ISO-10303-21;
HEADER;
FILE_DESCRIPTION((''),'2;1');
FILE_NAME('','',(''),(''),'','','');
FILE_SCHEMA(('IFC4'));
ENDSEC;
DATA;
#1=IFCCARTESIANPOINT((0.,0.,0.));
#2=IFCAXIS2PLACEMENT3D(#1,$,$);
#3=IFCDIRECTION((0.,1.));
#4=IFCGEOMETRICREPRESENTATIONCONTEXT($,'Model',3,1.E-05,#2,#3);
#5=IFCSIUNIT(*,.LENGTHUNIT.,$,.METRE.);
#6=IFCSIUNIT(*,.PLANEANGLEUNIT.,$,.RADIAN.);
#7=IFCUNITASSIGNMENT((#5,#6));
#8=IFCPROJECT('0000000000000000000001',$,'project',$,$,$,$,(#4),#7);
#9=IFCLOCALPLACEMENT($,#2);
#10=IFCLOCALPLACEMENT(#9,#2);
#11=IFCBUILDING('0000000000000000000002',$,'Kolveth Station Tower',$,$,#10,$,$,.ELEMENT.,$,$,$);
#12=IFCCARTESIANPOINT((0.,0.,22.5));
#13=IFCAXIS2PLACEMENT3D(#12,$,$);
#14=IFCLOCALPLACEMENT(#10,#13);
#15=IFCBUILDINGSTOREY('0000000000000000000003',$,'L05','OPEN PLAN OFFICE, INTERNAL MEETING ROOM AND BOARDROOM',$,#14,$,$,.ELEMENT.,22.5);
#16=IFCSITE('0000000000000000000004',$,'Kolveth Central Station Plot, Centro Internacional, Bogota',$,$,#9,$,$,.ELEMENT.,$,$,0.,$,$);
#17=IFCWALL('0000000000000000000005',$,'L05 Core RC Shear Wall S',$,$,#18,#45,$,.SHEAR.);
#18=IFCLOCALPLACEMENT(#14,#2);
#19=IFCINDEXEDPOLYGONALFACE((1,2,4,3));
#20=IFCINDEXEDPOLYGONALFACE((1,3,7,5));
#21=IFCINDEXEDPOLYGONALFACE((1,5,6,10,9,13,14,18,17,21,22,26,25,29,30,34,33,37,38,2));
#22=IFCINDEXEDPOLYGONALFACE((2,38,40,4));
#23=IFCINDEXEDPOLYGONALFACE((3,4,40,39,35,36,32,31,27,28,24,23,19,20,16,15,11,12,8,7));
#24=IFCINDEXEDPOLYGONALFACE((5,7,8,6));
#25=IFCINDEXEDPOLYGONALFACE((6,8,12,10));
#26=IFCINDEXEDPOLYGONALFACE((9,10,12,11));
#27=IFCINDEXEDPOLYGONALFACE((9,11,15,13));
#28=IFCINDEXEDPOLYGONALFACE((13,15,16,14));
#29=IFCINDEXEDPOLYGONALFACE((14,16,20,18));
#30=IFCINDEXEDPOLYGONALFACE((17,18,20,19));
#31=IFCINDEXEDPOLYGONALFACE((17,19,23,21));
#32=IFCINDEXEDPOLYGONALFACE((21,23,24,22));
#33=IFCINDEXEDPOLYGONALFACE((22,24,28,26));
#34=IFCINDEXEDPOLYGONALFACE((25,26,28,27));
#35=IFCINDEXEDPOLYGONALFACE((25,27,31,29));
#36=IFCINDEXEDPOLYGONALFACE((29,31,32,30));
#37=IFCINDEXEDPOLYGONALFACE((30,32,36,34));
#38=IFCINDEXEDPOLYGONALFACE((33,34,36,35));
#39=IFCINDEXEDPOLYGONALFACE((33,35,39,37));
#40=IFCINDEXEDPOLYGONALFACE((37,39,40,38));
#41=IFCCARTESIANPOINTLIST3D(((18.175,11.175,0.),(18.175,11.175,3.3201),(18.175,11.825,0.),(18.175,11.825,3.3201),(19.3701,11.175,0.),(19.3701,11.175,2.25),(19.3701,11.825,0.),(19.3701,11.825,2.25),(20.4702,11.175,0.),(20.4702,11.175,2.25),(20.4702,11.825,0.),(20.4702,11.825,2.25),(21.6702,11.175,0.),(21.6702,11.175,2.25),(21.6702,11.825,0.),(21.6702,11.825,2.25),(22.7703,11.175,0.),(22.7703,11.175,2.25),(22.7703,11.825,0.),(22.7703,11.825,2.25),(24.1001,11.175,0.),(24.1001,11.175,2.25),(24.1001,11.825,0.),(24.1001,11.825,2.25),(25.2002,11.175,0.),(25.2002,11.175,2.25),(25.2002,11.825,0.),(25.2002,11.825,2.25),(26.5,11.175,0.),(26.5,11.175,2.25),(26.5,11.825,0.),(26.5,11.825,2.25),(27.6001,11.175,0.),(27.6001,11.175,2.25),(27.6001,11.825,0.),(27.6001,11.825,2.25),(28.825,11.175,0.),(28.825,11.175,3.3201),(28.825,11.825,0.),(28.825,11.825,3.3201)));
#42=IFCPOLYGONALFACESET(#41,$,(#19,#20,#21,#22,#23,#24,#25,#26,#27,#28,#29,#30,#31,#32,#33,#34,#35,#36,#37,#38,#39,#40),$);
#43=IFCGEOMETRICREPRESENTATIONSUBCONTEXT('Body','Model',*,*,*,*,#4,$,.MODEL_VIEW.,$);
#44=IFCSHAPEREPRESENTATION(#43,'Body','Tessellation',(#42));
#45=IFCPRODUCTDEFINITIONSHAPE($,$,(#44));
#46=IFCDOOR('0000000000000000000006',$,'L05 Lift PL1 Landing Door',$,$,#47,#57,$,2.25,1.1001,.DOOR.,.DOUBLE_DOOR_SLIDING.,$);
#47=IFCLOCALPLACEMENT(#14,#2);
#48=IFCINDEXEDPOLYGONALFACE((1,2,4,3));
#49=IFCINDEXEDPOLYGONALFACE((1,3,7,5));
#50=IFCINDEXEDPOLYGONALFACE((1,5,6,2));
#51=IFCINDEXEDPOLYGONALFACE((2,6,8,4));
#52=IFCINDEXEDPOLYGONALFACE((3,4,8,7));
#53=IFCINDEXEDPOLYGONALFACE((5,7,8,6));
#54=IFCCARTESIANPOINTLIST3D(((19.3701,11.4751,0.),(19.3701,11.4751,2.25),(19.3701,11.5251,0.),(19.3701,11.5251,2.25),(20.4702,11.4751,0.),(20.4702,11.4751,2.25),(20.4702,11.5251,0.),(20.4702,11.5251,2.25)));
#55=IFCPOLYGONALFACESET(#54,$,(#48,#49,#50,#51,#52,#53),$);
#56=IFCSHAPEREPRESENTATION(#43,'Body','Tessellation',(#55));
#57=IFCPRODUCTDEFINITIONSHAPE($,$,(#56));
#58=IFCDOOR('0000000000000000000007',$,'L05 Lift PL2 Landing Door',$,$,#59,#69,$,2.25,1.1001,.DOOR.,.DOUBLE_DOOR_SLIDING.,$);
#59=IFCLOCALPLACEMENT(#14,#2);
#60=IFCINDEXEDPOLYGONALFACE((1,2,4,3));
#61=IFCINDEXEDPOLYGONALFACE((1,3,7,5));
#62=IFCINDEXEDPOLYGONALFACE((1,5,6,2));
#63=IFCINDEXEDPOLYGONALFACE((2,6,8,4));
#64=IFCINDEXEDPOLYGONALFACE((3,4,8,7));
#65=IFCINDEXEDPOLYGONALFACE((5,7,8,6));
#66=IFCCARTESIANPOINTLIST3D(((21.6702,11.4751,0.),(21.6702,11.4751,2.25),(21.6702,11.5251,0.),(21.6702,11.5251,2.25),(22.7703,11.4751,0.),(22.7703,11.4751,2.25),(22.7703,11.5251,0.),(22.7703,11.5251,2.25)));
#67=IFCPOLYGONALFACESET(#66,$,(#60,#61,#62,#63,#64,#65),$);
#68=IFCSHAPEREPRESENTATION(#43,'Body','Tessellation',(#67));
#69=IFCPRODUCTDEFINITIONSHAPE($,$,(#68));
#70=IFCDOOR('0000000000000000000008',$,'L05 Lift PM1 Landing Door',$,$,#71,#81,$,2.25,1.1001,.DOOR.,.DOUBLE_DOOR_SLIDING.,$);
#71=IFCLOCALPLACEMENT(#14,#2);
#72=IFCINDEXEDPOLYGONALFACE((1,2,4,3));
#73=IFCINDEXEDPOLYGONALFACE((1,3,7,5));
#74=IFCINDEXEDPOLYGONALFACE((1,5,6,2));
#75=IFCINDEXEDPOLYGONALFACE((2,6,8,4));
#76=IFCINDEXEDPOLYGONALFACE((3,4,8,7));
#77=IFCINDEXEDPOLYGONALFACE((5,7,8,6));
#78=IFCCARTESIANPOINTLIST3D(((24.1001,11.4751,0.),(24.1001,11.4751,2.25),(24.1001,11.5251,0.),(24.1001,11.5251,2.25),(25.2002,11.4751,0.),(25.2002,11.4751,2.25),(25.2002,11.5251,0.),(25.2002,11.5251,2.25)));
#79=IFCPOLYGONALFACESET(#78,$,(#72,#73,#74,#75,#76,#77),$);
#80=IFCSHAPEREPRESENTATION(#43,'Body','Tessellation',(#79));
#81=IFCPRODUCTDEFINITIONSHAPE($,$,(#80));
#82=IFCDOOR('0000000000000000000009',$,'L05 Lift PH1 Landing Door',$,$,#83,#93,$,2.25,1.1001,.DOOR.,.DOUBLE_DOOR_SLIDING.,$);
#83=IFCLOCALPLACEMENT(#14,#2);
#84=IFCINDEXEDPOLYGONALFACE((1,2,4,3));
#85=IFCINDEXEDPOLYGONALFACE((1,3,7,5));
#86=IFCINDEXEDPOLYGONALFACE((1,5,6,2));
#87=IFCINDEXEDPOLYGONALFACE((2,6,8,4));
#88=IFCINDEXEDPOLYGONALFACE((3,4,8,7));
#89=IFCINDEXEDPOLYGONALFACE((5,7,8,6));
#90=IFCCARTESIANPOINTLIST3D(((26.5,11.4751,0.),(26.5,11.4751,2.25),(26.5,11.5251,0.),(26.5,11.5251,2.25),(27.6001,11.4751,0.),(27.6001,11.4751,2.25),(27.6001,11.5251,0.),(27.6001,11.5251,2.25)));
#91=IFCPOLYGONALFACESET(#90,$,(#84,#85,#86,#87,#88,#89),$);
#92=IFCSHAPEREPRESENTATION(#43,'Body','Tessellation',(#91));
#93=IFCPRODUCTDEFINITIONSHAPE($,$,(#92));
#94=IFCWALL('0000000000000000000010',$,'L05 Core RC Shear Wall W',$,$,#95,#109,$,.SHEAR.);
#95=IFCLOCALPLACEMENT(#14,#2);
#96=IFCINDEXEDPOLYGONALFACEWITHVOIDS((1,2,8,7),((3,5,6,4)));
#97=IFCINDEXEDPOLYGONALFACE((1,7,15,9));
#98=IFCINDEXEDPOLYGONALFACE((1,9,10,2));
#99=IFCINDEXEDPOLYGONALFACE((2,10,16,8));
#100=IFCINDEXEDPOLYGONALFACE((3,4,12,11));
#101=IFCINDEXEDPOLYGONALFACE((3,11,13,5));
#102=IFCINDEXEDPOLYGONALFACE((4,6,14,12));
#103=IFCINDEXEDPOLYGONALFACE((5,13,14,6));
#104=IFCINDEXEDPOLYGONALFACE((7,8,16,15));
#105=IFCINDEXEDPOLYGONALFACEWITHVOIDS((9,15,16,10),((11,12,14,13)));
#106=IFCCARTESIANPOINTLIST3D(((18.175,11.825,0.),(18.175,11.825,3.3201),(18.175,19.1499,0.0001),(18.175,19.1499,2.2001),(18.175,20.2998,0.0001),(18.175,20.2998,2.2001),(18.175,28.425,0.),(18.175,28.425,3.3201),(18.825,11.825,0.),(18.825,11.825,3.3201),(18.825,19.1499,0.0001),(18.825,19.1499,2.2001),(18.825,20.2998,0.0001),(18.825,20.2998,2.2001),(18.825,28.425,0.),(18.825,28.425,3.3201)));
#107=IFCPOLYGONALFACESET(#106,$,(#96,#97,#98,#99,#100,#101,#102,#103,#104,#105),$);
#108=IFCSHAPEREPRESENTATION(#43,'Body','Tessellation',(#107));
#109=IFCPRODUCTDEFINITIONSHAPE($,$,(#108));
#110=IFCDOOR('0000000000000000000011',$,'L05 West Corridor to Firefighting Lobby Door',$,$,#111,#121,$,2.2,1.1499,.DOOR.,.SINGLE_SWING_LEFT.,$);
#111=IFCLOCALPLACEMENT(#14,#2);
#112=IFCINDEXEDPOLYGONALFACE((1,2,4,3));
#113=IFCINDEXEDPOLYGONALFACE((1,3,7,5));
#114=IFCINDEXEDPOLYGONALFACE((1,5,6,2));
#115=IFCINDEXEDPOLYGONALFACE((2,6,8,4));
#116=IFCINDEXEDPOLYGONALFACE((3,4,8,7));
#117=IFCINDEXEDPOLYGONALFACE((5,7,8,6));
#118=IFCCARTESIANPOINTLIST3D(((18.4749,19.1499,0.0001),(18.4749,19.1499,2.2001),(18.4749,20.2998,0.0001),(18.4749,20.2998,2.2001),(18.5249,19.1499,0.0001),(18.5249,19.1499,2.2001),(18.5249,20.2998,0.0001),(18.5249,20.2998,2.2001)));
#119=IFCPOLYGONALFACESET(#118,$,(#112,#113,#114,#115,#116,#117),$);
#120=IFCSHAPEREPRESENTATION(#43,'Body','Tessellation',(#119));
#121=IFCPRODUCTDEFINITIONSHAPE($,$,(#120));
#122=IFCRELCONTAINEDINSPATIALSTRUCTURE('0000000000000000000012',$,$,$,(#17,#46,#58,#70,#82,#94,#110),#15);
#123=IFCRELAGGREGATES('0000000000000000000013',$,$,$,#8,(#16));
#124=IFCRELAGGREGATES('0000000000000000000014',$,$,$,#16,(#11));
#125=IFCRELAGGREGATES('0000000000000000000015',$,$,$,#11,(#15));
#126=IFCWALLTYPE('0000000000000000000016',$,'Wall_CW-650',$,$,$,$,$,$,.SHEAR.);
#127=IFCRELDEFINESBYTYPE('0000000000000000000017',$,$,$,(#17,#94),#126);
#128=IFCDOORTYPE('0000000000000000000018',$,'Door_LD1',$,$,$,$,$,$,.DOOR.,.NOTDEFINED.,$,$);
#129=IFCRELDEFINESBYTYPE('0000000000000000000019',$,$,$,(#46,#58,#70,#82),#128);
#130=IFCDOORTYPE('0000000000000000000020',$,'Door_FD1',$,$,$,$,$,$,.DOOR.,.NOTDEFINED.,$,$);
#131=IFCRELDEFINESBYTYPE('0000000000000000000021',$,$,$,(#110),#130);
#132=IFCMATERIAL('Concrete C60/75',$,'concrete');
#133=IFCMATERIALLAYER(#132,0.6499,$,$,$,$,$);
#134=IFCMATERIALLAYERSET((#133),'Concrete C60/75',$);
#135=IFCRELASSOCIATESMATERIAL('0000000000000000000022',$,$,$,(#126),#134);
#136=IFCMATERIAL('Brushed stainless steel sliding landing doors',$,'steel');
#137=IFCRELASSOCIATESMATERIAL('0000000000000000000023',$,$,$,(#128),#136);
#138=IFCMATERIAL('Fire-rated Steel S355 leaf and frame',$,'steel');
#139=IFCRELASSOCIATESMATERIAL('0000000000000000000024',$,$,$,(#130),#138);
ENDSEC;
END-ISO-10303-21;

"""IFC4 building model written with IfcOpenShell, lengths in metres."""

from ifc_helpers import new_model, si_unit, direction, frame, frame_2d, origin, place, context, subcontext, project, spatial, rectangle, extrude, material, layer, layer_set, type_object, element, fill, save


model = new_model("IFC4")

# Units and contexts
model_context = context("Model", 3, precision=1e-05, world=origin(), true_north=direction((0.0, 1.0)))
body_context = subcontext(model_context, "Body", "Model", "MODEL_VIEW")
ifc_project = project(units=[si_unit("LENGTHUNIT", "METRE"), si_unit("PLANEANGLEUNIT", "RADIAN")], contexts=[model_context])

# Site, building, storey
site_placement = place(None, origin())
site = spatial("IfcSite", under=ifc_project, at=site_placement, Name="Kolveth Central Station Plot, Centro Internacional, Bogota", CompositionType="ELEMENT", RefElevation=0.0)
building_placement = place(site_placement, origin())
building = spatial("IfcBuilding", under=site, at=building_placement, Name="Kolveth Station Tower", CompositionType="ELEMENT")
storey_placement = place(building_placement, frame((0.0, 0.0, 22.5)))
storey = spatial("IfcBuildingStorey", under=building, at=storey_placement, Name="L05", Description="OPEN PLAN OFFICE, INTERNAL MEETING ROOM AND BOARDROOM", CompositionType="ELEMENT", Elevation=22.5)

# Shared definitions
ifc_material_1 = material(Name="Concrete C60/75", Category="concrete")

# Wall, openings, doors
ifc_layer_1 = layer(ifc_material_1, 0.6499)
ifc_layer_set_1 = layer_set([ifc_layer_1], Name="Concrete C60/75")
wall_type_1 = type_object("IfcWallType", Name="Wall_CW-650", PredefinedType="SHEAR", material=ifc_layer_set_1)
wall_1_placement = place(storey_placement, frame((18.175, 11.5, 0.0), z_axis=(0.0, 0.0, 1.0), x_axis=(1.0, 0.0, 0.0)))
wall_1 = element("IfcWall", 1, at=wall_1_placement, inside=storey, type_object=wall_type_1, Name="L05 Core RC Shear Wall S", PredefinedType="SHEAR", context=body_context, shape_type="SweptSolid", body=[
    extrude(rectangle(XDim=10.6499, YDim=0.6499, at=frame_2d((5.325, 0.0))), origin(), (0.0, 0.0, 1.0), 3.3201),
])
opening_1_placement = place(wall_1_placement, frame((1.1951, 0.0, 0.0)))
opening_1 = element("IfcOpeningElement", 2, at=opening_1_placement, cuts=wall_1, PredefinedType="OPENING", context=body_context, shape_type="SweptSolid", body=[
    extrude(rectangle(XDim=1.1001, YDim=2.25, at=frame_2d((0.55, 1.125))), frame((0.0, 0.335, 0.0), z_axis=(0.0, -1.0, 0.0), x_axis=(1.0, 0.0, 0.0)), (0.0, 0.0, 1.0), 0.6699),
])
opening_2_placement = place(wall_1_placement, frame((3.4951, 0.0, 0.0)))
opening_2 = element("IfcOpeningElement", 3, at=opening_2_placement, cuts=wall_1, PredefinedType="OPENING", context=body_context, shape_type="SweptSolid", body=[
    extrude(rectangle(XDim=1.1001, YDim=2.25, at=frame_2d((0.55, 1.125))), frame((0.0, 0.335, 0.0), z_axis=(0.0, -1.0, 0.0), x_axis=(1.0, 0.0, 0.0)), (0.0, 0.0, 1.0), 0.6699),
])
opening_3_placement = place(wall_1_placement, frame((5.925, 0.0, 0.0)))
opening_3 = element("IfcOpeningElement", 4, at=opening_3_placement, cuts=wall_1, PredefinedType="OPENING", context=body_context, shape_type="SweptSolid", body=[
    extrude(rectangle(XDim=1.1001, YDim=2.25, at=frame_2d((0.55, 1.125))), frame((0.0, 0.335, 0.0), z_axis=(0.0, -1.0, 0.0), x_axis=(1.0, 0.0, 0.0)), (0.0, 0.0, 1.0), 0.6699),
])
opening_4_placement = place(wall_1_placement, frame((8.325, 0.0, 0.0)))
opening_4 = element("IfcOpeningElement", 5, at=opening_4_placement, cuts=wall_1, PredefinedType="OPENING", context=body_context, shape_type="SweptSolid", body=[
    extrude(rectangle(XDim=1.1001, YDim=2.25, at=frame_2d((0.55, 1.125))), frame((0.0, 0.335, 0.0), z_axis=(0.0, -1.0, 0.0), x_axis=(1.0, 0.0, 0.0)), (0.0, 0.0, 1.0), 0.6699),
])
ifc_material_2 = material(Name="Brushed stainless steel sliding landing doors", Category="steel")
door_type_1 = type_object("IfcDoorType", Name="Door_LD1", OperationType="NOTDEFINED", PredefinedType="DOOR", material=ifc_material_2)
door_1_placement = place(opening_1_placement, frame((1.1001, 0.0, 0.0), z_axis=(0.0, 0.0, 1.0), x_axis=(-1.0, 0.0, 0.0)))
door_1 = element("IfcDoor", 6, at=door_1_placement, inside=storey, type_object=door_type_1, Name="L05 Lift PL1 Landing Door", OperationType="DOUBLE_DOOR_SLIDING", OverallHeight=2.25, OverallWidth=1.1001, PredefinedType="DOOR", context=body_context, shape_type="SweptSolid", body=[
    extrude(rectangle(XDim=1.1001, YDim=2.25, at=frame_2d((0.55, 1.125))), frame((0.0, 0.0249, 0.0), z_axis=(0.0, -1.0, 0.0), x_axis=(1.0, 0.0, 0.0)), (0.0, 0.0, 1.0), 0.05),
])
fill(opening_1, door_1)
door_2_placement = place(opening_2_placement, frame((1.1001, 0.0, 0.0), z_axis=(0.0, 0.0, 1.0), x_axis=(-1.0, 0.0, 0.0)))
door_2 = element("IfcDoor", 7, at=door_2_placement, inside=storey, type_object=door_type_1, Name="L05 Lift PL2 Landing Door", OperationType="DOUBLE_DOOR_SLIDING", OverallHeight=2.25, OverallWidth=1.1001, PredefinedType="DOOR", context=body_context, shape_type="SweptSolid", body=[
    extrude(rectangle(XDim=1.1001, YDim=2.25, at=frame_2d((0.55, 1.125))), frame((0.0, 0.0249, 0.0), z_axis=(0.0, -1.0, 0.0), x_axis=(1.0, 0.0, 0.0)), (0.0, 0.0, 1.0), 0.05),
])
fill(opening_2, door_2)
door_3_placement = place(opening_3_placement, frame((1.1001, 0.0, 0.0), z_axis=(0.0, 0.0, 1.0), x_axis=(-1.0, 0.0, 0.0)))
door_3 = element("IfcDoor", 8, at=door_3_placement, inside=storey, type_object=door_type_1, Name="L05 Lift PM1 Landing Door", OperationType="DOUBLE_DOOR_SLIDING", OverallHeight=2.25, OverallWidth=1.1001, PredefinedType="DOOR", context=body_context, shape_type="SweptSolid", body=[
    extrude(rectangle(XDim=1.1001, YDim=2.25, at=frame_2d((0.55, 1.125))), frame((0.0, 0.0249, 0.0), z_axis=(0.0, -1.0, 0.0), x_axis=(1.0, 0.0, 0.0)), (0.0, 0.0, 1.0), 0.05),
])
fill(opening_3, door_3)
door_4_placement = place(opening_4_placement, frame((1.1001, 0.0, 0.0), z_axis=(0.0, 0.0, 1.0), x_axis=(-1.0, 0.0, 0.0)))
door_4 = element("IfcDoor", 9, at=door_4_placement, inside=storey, type_object=door_type_1, Name="L05 Lift PH1 Landing Door", OperationType="DOUBLE_DOOR_SLIDING", OverallHeight=2.25, OverallWidth=1.1001, PredefinedType="DOOR", context=body_context, shape_type="SweptSolid", body=[
    extrude(rectangle(XDim=1.1001, YDim=2.25, at=frame_2d((0.55, 1.125))), frame((0.0, 0.0249, 0.0), z_axis=(0.0, -1.0, 0.0), x_axis=(1.0, 0.0, 0.0)), (0.0, 0.0, 1.0), 0.05),
])
fill(opening_4, door_4)

# Wall, opening, door
wall_2_placement = place(storey_placement, frame((18.5, 11.825, 0.0), z_axis=(0.0, 0.0, 1.0), x_axis=(0.0, 1.0, 0.0)))
wall_2 = element("IfcWall", 10, at=wall_2_placement, inside=storey, type_object=wall_type_1, Name="L05 Core RC Shear Wall W", PredefinedType="SHEAR", context=body_context, shape_type="SweptSolid", body=[
    extrude(rectangle(XDim=16.6001, YDim=0.6499, at=frame_2d((8.3, 0.0))), origin(), (0.0, 0.0, 1.0), 3.3201),
])
opening_5_placement = place(wall_2_placement, frame((7.325, 0.0, 0.0)))
opening_5 = element("IfcOpeningElement", 11, at=opening_5_placement, cuts=wall_2, PredefinedType="OPENING", context=body_context, shape_type="SweptSolid", body=[
    extrude(rectangle(XDim=1.1499, YDim=2.2, at=frame_2d((0.575, 1.1001))), frame((0.0, 0.335, 0.0), z_axis=(0.0, -1.0, 0.0), x_axis=(1.0, 0.0, 0.0)), (0.0, 0.0, 1.0), 0.6699),
])
ifc_material_3 = material(Name="Fire-rated Steel S355 leaf and frame", Category="steel")
door_type_2 = type_object("IfcDoorType", Name="Door_FD1", OperationType="NOTDEFINED", PredefinedType="DOOR", material=ifc_material_3)
door_5_placement = place(opening_5_placement, frame((1.1499, 0.0, 0.0), z_axis=(0.0, 0.0, 1.0), x_axis=(-1.0, 0.0, 0.0)))
door_5 = element("IfcDoor", 12, at=door_5_placement, inside=storey, type_object=door_type_2, Name="L05 West Corridor to Firefighting Lobby Door", OperationType="SINGLE_SWING_LEFT", OverallHeight=2.2, OverallWidth=1.1499, PredefinedType="DOOR", context=body_context, shape_type="SweptSolid", body=[
    extrude(rectangle(XDim=1.1499, YDim=2.2, at=frame_2d((0.575, 1.1001))), frame((0.0, 0.0249, 0.0), z_axis=(0.0, -1.0, 0.0), x_axis=(1.0, 0.0, 0.0)), (0.0, 0.0, 1.0), 0.05),
])
fill(opening_5, door_5)

save(model, "model.ifc")
